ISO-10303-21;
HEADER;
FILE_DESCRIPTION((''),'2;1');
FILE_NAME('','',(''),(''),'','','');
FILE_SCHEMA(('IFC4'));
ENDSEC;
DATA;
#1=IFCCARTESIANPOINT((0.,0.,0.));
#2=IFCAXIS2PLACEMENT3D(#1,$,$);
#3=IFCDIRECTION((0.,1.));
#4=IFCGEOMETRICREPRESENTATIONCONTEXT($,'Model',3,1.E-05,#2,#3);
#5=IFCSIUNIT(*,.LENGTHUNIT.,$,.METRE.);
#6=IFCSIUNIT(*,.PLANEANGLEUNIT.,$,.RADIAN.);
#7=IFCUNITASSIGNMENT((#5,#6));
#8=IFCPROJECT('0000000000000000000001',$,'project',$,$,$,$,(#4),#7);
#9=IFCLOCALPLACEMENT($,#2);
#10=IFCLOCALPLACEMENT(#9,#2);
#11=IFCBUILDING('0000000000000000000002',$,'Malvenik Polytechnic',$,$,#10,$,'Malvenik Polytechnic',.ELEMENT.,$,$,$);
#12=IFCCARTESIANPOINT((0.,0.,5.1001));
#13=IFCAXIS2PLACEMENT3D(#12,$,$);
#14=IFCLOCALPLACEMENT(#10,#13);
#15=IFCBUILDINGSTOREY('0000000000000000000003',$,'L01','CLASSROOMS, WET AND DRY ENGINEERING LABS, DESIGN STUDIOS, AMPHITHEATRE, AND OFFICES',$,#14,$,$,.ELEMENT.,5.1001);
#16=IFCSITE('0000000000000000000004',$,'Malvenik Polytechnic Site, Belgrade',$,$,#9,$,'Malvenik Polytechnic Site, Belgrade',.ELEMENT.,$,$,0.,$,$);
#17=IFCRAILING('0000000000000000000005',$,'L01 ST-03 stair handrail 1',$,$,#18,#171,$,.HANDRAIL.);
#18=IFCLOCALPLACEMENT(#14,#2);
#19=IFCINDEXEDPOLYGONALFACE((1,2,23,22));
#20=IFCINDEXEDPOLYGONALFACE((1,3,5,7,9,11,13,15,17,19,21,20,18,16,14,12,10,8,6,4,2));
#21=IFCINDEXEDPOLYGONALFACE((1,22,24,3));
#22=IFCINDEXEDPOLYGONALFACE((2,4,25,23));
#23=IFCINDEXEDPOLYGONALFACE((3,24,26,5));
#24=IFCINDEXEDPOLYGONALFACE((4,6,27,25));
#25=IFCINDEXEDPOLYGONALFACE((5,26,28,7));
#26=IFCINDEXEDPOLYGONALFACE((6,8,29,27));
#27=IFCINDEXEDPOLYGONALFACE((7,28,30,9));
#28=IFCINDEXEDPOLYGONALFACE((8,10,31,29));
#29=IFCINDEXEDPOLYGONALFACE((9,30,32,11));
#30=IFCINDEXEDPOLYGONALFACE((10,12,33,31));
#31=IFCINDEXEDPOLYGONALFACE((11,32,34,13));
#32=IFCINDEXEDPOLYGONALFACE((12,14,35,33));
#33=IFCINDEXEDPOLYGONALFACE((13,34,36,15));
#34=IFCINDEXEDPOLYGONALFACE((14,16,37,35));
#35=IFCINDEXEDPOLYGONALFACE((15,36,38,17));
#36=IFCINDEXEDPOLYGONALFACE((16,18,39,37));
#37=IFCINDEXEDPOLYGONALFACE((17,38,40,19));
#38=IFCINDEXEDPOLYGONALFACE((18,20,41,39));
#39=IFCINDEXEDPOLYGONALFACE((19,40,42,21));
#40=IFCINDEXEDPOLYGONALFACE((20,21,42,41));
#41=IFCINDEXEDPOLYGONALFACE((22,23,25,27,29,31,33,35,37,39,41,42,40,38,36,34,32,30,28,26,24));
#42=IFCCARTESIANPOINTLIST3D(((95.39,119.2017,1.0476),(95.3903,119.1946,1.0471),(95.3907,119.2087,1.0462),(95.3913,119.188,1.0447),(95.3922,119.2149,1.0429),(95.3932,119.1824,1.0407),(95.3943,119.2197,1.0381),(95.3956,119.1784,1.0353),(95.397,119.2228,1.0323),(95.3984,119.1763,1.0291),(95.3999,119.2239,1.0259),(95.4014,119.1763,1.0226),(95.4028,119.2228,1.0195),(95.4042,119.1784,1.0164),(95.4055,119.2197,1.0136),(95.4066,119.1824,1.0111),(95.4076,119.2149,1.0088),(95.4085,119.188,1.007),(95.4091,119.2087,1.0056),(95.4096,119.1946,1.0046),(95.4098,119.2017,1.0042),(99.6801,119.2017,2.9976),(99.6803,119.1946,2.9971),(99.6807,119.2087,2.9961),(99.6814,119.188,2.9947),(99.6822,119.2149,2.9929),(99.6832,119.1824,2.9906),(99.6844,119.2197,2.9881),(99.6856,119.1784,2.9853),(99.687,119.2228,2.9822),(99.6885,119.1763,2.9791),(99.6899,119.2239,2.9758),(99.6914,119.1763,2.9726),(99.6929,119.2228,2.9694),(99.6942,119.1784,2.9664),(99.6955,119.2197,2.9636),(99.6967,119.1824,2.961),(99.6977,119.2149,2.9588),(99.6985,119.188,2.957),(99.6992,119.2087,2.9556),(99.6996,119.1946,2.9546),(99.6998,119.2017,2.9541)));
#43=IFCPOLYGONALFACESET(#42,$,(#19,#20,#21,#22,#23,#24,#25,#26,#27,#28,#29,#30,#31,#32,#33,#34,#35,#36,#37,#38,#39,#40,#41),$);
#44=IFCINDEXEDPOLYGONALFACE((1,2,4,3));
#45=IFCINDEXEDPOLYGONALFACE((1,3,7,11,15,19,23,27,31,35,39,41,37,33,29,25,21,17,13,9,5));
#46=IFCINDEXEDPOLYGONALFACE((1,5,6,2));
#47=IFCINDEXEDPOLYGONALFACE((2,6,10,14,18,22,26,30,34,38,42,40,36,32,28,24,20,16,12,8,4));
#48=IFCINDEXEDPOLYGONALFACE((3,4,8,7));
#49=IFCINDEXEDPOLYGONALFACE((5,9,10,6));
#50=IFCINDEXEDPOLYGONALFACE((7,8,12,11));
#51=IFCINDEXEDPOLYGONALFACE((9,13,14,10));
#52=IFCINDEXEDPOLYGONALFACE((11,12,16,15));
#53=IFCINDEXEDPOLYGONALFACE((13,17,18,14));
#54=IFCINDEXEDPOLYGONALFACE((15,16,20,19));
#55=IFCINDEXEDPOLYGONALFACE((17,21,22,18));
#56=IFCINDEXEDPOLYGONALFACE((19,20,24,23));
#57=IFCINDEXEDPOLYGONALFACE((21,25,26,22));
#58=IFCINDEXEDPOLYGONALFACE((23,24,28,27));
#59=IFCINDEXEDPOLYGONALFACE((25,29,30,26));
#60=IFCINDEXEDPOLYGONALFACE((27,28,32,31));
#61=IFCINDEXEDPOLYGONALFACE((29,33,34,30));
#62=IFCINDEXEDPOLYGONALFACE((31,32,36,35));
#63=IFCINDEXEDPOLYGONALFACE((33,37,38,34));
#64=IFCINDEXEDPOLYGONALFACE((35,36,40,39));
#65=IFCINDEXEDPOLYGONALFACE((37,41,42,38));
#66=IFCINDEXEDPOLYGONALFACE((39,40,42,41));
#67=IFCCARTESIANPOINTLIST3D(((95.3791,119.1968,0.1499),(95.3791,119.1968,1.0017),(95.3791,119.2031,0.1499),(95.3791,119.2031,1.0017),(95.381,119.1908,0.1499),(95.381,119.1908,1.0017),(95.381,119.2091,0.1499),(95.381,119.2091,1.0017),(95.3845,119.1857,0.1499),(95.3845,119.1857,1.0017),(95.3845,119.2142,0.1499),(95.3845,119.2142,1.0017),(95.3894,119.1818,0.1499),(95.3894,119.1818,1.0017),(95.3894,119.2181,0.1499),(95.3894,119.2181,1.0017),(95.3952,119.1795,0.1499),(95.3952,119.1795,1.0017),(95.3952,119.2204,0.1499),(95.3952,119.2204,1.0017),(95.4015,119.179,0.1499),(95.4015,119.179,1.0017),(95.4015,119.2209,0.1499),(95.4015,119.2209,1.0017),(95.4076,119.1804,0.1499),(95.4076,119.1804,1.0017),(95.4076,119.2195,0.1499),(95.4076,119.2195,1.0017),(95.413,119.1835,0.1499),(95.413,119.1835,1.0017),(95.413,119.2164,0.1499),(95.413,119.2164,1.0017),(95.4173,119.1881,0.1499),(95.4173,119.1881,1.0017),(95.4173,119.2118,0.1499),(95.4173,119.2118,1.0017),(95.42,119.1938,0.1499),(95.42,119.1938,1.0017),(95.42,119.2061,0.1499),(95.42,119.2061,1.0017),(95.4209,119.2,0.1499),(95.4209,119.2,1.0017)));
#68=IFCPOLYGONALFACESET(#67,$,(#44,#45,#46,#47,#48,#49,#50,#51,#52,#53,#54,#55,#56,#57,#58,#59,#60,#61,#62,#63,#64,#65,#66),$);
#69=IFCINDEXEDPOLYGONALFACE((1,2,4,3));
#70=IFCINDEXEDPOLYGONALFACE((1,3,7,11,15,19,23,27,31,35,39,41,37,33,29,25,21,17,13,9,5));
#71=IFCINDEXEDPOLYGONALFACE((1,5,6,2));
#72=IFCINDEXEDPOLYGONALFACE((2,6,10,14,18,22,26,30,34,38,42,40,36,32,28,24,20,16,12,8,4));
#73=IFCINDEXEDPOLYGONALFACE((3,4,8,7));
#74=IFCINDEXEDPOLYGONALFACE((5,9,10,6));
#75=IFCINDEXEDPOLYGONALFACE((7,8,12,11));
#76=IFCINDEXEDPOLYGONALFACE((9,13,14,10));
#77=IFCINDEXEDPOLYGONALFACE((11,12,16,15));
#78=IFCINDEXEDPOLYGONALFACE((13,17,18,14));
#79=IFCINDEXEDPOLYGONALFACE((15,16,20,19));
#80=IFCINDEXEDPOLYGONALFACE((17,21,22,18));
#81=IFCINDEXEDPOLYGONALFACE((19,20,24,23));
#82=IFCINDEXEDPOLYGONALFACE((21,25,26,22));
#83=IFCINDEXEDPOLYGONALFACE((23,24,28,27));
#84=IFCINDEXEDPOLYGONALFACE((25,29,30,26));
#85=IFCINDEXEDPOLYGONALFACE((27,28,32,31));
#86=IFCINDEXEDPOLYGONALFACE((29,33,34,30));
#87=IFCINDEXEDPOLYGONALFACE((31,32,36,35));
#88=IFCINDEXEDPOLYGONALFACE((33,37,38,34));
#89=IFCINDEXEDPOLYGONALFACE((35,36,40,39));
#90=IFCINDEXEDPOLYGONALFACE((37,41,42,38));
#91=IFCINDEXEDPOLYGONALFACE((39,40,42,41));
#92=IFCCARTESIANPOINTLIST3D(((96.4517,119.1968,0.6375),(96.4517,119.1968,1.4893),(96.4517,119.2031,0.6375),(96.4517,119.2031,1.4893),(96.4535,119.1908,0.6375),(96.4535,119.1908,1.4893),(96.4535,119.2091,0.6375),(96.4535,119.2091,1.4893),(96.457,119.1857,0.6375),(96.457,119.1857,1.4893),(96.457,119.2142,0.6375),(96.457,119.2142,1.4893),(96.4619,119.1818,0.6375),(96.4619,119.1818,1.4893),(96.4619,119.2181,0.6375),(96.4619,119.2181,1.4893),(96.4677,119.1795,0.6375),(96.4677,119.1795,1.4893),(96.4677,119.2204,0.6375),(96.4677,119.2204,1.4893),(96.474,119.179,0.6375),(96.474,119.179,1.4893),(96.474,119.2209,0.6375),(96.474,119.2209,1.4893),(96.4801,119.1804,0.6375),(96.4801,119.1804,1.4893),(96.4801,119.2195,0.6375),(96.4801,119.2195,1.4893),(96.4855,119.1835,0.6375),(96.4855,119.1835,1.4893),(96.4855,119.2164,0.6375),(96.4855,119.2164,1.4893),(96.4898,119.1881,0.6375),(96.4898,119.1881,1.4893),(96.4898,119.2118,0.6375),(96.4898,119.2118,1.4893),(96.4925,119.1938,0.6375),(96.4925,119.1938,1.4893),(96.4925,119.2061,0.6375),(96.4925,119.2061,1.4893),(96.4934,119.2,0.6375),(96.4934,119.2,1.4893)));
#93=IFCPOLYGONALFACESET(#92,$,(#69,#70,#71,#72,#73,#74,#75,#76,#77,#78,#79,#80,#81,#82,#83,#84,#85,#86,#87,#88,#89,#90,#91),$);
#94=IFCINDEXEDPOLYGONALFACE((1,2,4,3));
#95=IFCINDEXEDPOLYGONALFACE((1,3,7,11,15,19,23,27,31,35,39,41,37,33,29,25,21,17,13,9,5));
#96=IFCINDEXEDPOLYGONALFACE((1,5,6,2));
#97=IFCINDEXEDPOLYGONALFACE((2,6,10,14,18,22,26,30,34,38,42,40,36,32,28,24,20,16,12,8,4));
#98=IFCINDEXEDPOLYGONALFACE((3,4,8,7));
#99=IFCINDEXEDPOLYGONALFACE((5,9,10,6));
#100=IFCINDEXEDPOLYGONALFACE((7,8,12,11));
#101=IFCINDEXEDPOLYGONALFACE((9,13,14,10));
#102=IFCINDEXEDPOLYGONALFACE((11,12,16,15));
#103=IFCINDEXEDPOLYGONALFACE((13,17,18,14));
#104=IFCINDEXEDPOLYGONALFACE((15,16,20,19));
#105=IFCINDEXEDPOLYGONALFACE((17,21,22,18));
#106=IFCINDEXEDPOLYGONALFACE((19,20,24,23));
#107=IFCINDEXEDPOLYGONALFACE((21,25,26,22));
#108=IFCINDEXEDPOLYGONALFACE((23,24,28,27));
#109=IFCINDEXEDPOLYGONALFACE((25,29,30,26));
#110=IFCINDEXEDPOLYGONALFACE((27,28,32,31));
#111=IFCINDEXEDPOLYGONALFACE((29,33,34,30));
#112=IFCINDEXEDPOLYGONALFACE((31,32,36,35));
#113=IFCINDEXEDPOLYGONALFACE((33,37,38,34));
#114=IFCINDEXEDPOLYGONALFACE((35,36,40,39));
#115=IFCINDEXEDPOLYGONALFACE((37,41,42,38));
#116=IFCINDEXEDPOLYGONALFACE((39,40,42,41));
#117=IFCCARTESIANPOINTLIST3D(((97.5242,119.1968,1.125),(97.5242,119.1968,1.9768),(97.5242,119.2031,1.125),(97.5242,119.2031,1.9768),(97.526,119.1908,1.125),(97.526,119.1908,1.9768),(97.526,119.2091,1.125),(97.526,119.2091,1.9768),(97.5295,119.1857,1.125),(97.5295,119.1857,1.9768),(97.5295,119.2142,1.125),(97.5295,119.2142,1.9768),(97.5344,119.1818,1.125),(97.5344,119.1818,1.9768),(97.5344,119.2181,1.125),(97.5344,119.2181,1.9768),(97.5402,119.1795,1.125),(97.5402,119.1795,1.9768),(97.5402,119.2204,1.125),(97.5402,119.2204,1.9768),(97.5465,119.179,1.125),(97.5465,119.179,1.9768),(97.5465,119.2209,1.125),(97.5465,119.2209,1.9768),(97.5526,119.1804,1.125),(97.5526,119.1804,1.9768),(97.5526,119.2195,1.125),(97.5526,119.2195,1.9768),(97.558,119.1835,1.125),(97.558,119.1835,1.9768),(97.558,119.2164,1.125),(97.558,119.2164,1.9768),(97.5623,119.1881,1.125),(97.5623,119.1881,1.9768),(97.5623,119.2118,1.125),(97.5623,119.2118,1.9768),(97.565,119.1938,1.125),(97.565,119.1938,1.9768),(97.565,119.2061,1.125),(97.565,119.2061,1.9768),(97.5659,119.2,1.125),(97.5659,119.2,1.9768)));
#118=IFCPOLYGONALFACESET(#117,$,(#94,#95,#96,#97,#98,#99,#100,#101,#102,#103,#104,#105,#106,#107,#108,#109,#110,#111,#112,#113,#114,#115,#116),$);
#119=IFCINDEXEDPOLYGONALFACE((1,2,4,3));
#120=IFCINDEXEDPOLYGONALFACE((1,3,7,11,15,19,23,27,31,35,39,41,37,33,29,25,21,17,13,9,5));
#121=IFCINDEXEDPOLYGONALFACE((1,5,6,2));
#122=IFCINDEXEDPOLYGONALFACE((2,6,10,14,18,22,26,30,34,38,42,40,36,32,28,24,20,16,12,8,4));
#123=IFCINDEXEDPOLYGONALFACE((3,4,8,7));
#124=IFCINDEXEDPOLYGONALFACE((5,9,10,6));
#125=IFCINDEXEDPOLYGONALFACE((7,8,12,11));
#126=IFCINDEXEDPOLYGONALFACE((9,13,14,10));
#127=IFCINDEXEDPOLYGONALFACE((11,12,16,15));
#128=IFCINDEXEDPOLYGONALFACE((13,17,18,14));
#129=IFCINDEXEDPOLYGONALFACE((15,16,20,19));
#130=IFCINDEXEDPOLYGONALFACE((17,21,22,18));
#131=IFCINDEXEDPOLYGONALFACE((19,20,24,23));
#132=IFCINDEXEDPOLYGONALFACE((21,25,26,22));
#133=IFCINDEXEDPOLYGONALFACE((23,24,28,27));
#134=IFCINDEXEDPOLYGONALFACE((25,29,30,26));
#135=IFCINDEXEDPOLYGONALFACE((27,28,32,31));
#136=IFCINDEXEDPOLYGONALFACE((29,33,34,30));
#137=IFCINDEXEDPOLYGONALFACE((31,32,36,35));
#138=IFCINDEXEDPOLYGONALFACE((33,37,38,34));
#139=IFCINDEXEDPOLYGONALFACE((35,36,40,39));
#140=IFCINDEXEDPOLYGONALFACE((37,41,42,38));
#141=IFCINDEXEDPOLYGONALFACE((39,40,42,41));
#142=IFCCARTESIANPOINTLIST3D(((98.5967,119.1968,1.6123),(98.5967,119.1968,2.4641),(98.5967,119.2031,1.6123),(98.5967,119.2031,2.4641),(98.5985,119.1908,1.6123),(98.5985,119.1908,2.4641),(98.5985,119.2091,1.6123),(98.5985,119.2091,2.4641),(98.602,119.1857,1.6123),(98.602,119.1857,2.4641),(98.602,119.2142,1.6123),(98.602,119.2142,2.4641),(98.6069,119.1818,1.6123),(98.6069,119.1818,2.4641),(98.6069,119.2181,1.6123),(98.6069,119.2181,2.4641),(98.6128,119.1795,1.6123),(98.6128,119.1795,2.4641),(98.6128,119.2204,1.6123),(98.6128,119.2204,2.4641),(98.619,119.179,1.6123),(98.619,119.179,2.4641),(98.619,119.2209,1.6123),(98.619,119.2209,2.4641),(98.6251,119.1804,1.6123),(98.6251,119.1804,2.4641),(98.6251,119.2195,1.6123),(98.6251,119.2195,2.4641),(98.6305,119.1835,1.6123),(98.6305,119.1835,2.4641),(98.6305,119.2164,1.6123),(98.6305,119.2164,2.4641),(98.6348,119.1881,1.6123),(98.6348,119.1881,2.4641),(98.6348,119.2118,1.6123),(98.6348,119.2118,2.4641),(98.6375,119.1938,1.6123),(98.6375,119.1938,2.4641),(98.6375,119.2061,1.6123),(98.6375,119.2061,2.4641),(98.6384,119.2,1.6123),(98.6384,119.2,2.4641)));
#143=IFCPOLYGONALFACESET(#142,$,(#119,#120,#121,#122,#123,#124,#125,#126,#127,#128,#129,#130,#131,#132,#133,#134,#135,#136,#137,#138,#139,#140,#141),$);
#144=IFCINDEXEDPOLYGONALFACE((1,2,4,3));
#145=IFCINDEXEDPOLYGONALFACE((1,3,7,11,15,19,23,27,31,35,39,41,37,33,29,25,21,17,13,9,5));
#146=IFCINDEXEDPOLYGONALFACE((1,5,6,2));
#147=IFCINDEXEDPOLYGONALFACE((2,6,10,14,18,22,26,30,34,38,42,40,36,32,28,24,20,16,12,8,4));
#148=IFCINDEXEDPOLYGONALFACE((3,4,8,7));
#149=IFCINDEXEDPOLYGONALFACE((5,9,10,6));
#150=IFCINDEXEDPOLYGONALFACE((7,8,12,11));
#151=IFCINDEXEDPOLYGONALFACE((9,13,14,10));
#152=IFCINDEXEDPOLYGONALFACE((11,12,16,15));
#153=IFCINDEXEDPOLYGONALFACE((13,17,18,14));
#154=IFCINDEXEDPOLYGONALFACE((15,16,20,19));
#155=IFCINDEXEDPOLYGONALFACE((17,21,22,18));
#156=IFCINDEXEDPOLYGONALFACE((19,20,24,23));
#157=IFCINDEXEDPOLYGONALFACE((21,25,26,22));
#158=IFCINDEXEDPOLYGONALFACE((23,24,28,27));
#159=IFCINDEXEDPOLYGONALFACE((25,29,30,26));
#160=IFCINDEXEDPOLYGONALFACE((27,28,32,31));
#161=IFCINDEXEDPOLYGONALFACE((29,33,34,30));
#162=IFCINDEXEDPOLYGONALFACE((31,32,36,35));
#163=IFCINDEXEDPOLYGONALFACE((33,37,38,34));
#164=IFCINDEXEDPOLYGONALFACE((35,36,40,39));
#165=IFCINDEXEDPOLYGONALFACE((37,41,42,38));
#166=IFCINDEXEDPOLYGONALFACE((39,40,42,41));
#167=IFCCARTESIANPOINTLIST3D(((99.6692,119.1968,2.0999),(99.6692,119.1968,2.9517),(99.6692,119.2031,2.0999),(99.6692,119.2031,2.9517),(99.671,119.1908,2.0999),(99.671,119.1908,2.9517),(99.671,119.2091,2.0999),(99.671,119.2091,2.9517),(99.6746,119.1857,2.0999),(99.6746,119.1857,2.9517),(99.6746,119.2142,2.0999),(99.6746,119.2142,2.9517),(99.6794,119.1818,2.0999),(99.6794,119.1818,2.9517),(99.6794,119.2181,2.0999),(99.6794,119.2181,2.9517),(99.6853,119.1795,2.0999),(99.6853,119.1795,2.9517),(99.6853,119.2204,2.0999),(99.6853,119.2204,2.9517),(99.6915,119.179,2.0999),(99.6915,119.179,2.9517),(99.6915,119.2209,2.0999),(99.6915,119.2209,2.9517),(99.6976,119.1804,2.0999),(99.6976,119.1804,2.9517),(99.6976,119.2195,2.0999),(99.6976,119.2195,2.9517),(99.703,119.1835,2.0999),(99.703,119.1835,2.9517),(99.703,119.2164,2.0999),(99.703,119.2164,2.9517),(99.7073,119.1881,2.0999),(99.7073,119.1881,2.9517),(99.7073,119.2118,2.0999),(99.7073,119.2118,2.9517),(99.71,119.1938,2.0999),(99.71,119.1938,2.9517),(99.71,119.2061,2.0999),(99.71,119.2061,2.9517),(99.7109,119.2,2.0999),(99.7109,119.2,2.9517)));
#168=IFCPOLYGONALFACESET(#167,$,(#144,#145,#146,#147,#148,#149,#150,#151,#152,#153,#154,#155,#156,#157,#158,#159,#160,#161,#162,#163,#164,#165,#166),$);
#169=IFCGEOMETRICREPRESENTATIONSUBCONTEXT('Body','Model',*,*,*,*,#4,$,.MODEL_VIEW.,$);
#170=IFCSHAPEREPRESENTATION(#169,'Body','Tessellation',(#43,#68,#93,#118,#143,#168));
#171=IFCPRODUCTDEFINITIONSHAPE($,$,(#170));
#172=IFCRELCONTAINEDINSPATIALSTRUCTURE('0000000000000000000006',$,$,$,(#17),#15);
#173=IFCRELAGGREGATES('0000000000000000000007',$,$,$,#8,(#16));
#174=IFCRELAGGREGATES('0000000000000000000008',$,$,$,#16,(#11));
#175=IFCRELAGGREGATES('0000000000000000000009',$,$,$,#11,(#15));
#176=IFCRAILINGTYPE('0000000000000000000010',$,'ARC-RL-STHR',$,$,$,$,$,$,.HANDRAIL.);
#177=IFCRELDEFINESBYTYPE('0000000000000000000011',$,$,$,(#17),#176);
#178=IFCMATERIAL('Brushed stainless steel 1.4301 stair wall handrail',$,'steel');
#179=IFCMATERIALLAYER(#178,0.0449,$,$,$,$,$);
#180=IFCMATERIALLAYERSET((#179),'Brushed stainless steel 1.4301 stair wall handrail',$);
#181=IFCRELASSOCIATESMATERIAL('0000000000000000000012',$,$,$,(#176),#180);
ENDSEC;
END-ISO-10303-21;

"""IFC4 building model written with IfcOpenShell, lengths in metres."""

from ifc_helpers import new_model, si_unit, direction, frame, origin, origin_2d, place, context, subcontext, project, spatial, circle, extrude, material, layer, layer_set, type_object, element, save


model = new_model("IFC4")

# Units and contexts
model_context = context("Model", 3, precision=1e-05, world=origin(), true_north=direction((0.0, 1.0)))
body_context = subcontext(model_context, "Body", "Model", "MODEL_VIEW")
ifc_project = project(units=[si_unit("LENGTHUNIT", "METRE"), si_unit("PLANEANGLEUNIT", "RADIAN")], contexts=[model_context])

# Site, building, storey
site_placement = place(None, origin())
site = spatial("IfcSite", under=ifc_project, at=site_placement, Name="Malvenik Polytechnic Site, Belgrade", LongName="Malvenik Polytechnic Site, Belgrade", CompositionType="ELEMENT", RefElevation=0.0)
building_placement = place(site_placement, origin())
building = spatial("IfcBuilding", under=site, at=building_placement, Name="Malvenik Polytechnic", LongName="Malvenik Polytechnic", CompositionType="ELEMENT")
storey_placement = place(building_placement, frame((0.0, 0.0, 5.1001)))
storey = spatial("IfcBuildingStorey", under=building, at=storey_placement, Name="L01", Description="CLASSROOMS, WET AND DRY ENGINEERING LABS, DESIGN STUDIOS, AMPHITHEATRE, AND OFFICES", CompositionType="ELEMENT", Elevation=5.1001)

# Railing
ifc_material_1 = material(Name="Brushed stainless steel 1.4301 stair wall handrail", Category="steel")
ifc_layer_1 = layer(ifc_material_1, 0.0449)
ifc_layer_set_1 = layer_set([ifc_layer_1], Name="Brushed stainless steel 1.4301 stair wall handrail")
railing_type_1 = type_object("IfcRailingType", Name="ARC-RL-STHR", PredefinedType="HANDRAIL", material=ifc_layer_set_1)
railing_1_placement = place(storey_placement, frame((95.3999, 119.2, 0.1499)))
element("IfcRailing", 1, at=railing_1_placement, inside=storey, type_object=railing_type_1, Name="L01 ST-03 stair handrail 1", PredefinedType="HANDRAIL", context=body_context, shape_type="SweptSolid", body=[
    extrude(circle(Radius=0.0239, at=origin_2d()), frame((0.0, 0.0, 0.876), z_axis=(0.910372, 0.0, 0.413791), x_axis=(0.0, 1.0, 0.0)), (0.0, 0.0, 1.0), 4.7124),
    extrude(circle(Radius=0.021, at=origin_2d()), origin(), (0.0, 0.0, 1.0), 0.8518),
    extrude(circle(Radius=0.021, at=origin_2d()), frame((1.0725, 0.0, 0.4875)), (0.0, 0.0, 1.0), 0.8518),
    extrude(circle(Radius=0.021, at=origin_2d()), frame((2.145, 0.0, 0.9751)), (0.0, 0.0, 1.0), 0.8518),
    extrude(circle(Radius=0.021, at=origin_2d()), frame((3.2175, 0.0, 1.4624)), (0.0, 0.0, 1.0), 0.8518),
    extrude(circle(Radius=0.021, at=origin_2d()), frame((4.29, 0.0, 1.95)), (0.0, 0.0, 1.0), 0.8518),
])

save(model, "model.ifc")
